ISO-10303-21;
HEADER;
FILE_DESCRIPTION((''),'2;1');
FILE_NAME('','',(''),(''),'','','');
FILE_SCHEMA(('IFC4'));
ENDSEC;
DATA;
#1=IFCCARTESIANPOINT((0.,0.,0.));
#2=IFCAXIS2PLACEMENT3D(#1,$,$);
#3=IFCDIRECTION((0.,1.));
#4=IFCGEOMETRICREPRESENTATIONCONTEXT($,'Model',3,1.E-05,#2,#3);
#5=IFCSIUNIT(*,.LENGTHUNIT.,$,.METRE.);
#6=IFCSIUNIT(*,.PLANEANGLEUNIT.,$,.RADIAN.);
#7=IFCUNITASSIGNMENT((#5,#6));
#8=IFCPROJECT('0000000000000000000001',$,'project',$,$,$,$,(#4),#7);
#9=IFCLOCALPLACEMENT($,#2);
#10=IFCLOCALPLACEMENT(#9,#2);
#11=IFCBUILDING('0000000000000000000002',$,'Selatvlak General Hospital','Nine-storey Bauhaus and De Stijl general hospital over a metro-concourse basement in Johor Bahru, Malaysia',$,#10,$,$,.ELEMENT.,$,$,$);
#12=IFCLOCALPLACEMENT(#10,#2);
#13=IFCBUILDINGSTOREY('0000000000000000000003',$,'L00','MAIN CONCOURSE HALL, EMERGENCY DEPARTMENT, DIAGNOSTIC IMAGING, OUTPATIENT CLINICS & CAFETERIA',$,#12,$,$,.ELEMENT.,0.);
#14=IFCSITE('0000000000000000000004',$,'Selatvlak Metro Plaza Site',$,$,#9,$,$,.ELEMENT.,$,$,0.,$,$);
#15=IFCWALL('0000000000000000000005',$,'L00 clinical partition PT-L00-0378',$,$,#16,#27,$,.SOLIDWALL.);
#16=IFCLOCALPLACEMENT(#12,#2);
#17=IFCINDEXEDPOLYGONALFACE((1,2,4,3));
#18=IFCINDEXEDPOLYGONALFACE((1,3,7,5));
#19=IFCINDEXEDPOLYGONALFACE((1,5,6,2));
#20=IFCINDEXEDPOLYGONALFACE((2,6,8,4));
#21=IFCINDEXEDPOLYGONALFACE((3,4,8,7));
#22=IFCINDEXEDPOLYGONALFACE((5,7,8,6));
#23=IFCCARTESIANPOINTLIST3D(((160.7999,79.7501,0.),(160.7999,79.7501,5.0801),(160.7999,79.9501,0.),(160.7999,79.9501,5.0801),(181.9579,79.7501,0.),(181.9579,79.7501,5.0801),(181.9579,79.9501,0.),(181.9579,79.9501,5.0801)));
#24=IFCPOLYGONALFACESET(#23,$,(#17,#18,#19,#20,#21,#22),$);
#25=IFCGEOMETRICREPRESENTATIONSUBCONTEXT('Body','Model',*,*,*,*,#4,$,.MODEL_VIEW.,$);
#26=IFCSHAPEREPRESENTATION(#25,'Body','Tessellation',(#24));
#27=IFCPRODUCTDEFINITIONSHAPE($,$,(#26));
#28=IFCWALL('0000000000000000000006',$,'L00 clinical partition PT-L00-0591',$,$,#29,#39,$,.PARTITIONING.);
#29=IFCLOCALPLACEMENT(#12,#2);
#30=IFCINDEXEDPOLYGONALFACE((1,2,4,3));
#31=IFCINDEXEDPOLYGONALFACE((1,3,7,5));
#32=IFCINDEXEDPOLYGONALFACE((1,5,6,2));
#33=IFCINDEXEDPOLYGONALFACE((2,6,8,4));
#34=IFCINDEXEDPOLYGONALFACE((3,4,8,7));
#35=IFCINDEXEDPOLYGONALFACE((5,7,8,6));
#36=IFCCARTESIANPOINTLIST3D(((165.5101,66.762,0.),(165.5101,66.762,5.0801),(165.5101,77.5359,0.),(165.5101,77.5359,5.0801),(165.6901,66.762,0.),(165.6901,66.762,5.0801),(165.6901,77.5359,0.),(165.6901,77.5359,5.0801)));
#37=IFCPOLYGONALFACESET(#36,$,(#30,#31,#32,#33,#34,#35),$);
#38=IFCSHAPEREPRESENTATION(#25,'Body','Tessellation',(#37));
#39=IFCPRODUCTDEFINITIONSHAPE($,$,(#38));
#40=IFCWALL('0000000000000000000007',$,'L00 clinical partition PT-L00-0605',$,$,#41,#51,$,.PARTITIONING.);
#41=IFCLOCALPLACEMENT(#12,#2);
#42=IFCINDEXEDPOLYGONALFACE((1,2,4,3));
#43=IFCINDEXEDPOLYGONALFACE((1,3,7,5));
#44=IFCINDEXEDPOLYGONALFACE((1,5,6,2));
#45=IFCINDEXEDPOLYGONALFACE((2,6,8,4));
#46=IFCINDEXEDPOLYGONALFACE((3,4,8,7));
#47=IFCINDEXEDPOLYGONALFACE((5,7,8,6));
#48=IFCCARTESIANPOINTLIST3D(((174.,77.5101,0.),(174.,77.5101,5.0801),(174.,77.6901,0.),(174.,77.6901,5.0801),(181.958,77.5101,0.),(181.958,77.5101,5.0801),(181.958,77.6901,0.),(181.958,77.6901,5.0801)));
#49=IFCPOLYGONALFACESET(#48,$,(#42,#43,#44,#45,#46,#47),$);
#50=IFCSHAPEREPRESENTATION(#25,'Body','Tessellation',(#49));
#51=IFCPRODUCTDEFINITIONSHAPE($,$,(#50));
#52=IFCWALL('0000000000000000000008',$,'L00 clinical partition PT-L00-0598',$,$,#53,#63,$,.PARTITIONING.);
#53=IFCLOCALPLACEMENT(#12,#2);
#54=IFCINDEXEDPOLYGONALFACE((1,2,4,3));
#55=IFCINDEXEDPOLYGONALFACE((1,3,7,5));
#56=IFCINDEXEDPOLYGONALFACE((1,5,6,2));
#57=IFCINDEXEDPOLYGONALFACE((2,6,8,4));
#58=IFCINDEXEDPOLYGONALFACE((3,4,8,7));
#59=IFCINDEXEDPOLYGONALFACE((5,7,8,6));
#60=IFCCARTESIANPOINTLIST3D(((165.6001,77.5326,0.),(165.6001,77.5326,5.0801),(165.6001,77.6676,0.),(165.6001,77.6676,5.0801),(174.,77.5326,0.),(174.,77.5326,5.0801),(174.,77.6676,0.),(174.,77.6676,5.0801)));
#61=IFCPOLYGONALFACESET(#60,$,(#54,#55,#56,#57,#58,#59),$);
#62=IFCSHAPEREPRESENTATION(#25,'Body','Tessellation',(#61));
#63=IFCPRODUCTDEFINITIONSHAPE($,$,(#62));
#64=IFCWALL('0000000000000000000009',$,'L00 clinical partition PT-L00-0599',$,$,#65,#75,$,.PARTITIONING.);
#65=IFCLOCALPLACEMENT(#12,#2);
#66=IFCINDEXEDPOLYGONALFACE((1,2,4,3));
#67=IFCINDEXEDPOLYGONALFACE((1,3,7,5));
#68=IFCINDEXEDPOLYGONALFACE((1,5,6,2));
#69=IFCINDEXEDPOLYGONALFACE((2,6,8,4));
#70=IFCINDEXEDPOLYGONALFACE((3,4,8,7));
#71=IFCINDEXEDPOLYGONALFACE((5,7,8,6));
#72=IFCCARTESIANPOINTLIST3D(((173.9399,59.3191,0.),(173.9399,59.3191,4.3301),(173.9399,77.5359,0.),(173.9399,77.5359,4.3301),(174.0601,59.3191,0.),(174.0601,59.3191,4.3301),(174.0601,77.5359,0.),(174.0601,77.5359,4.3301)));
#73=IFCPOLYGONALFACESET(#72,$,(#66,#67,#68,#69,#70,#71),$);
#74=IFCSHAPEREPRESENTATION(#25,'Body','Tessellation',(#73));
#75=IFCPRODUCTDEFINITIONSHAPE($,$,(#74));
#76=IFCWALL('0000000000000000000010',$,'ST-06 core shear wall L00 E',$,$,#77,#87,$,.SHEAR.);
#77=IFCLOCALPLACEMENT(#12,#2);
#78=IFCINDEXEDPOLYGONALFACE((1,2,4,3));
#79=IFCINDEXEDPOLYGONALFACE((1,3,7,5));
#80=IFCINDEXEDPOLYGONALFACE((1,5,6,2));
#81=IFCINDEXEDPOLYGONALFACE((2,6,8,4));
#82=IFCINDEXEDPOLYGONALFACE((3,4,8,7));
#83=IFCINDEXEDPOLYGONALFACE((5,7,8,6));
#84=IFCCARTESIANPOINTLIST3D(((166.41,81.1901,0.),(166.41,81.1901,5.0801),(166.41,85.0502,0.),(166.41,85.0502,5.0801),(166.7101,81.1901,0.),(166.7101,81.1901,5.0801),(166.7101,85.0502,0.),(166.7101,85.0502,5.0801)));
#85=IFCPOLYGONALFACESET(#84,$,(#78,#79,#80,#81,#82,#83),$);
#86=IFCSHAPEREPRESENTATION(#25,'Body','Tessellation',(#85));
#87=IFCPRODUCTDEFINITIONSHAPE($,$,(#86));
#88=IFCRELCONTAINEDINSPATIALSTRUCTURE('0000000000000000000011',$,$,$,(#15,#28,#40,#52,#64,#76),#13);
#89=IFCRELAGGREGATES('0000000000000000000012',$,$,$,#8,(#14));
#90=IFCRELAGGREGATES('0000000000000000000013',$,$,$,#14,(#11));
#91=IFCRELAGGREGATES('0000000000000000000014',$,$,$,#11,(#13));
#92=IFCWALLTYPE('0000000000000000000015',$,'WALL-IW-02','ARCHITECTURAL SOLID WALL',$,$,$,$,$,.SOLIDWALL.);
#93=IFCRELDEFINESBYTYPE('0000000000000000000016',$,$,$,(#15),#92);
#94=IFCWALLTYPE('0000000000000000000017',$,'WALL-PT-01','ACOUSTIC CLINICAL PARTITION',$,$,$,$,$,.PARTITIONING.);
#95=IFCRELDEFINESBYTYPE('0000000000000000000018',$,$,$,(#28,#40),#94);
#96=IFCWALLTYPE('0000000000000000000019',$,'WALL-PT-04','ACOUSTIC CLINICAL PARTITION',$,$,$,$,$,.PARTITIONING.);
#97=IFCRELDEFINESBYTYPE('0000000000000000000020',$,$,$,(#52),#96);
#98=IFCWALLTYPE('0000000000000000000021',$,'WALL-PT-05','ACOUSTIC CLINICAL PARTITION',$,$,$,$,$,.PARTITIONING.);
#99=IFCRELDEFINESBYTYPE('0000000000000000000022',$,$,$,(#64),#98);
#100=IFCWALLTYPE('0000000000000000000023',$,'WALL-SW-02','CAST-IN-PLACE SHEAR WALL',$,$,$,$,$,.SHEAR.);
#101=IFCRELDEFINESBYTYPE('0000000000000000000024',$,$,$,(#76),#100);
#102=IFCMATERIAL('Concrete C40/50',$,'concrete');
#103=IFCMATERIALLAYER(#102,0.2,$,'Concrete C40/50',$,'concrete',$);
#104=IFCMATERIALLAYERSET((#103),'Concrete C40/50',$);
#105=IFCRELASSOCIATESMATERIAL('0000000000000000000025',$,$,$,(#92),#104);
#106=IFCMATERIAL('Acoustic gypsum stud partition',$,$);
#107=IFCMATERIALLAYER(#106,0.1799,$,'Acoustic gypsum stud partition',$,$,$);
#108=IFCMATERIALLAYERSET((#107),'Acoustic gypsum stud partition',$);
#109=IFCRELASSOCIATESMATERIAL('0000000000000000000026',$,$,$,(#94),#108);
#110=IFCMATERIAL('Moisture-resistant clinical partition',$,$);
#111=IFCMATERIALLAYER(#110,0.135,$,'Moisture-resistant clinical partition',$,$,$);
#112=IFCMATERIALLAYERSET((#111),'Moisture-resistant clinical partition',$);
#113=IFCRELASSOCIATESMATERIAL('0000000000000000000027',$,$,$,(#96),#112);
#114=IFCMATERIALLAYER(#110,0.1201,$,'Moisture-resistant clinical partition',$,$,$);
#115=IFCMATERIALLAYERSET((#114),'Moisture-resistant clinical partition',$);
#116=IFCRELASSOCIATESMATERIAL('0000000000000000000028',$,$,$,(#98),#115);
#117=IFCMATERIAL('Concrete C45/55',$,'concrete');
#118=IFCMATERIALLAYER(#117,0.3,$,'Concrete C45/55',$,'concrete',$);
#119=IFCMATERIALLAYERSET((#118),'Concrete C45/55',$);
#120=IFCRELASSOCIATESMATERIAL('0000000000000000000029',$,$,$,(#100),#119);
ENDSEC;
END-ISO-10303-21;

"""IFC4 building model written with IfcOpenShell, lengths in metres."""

from ifc_helpers import new_model, si_unit, direction, frame, frame_2d, origin, place, context, subcontext, project, spatial, rectangle, extrude, material, layer, layer_set, type_object, element, save


model = new_model("IFC4")

# Units and contexts
model_context = context("Model", 3, precision=1e-05, world=origin(), true_north=direction((0.0, 1.0)))
body_context = subcontext(model_context, "Body", "Model", "MODEL_VIEW")
ifc_project = project(units=[si_unit("LENGTHUNIT", "METRE"), si_unit("PLANEANGLEUNIT", "RADIAN")], contexts=[model_context])

# Site, building, storey
site_placement = place(None, origin())
site = spatial("IfcSite", under=ifc_project, at=site_placement, Name="Selatvlak Metro Plaza Site", CompositionType="ELEMENT", RefElevation=0.0)
building_placement = place(site_placement, origin())
building = spatial("IfcBuilding", under=site, at=building_placement, Name="Selatvlak General Hospital", Description="Nine-storey Bauhaus and De Stijl general hospital over a metro-concourse basement in Johor Bahru, Malaysia", CompositionType="ELEMENT")
storey_placement = place(building_placement, origin())
storey = spatial("IfcBuildingStorey", under=building, at=storey_placement, Name="L00", Description="MAIN CONCOURSE HALL, EMERGENCY DEPARTMENT, DIAGNOSTIC IMAGING, OUTPATIENT CLINICS & CAFETERIA", CompositionType="ELEMENT", Elevation=0.0)

# Shared definitions
ifc_material_1 = material(Name="Concrete C40/50", Category="concrete")

# Walls
ifc_layer_1 = layer(ifc_material_1, 0.2, Name="Concrete C40/50", Category="concrete")
ifc_layer_set_1 = layer_set([ifc_layer_1], Name="Concrete C40/50")
wall_type_1 = type_object("IfcWallType", Name="WALL-IW-02", Description="ARCHITECTURAL SOLID WALL", PredefinedType="SOLIDWALL", material=ifc_layer_set_1)
wall_1_placement = place(storey_placement, frame((181.958, 79.8501, 0.0), z_axis=(0.0, 0.0, 1.0), x_axis=(-1.0, 0.0, 0.0)))
element("IfcWall", 1, at=wall_1_placement, inside=storey, type_object=wall_type_1, Name="L00 clinical partition PT-L00-0378", PredefinedType="SOLIDWALL", context=body_context, shape_type="SweptSolid", body=[
    extrude(rectangle(XDim=21.158, YDim=0.2, at=frame_2d((10.5791, 0.0))), origin(), (0.0, 0.0, 1.0), 5.0801),
])
ifc_material_2 = material(Name="Acoustic gypsum stud partition")
ifc_layer_2 = layer(ifc_material_2, 0.1799, Name="Acoustic gypsum stud partition")
ifc_layer_set_2 = layer_set([ifc_layer_2], Name="Acoustic gypsum stud partition")
wall_type_2 = type_object("IfcWallType", Name="WALL-PT-01", Description="ACOUSTIC CLINICAL PARTITION", PredefinedType="PARTITIONING", material=ifc_layer_set_2)
wall_2_placement = place(storey_placement, frame((165.6001, 77.5359, 0.0), z_axis=(0.0, 0.0, 1.0), x_axis=(0.0, -1.0, 0.0)))
element("IfcWall", 2, at=wall_2_placement, inside=storey, type_object=wall_type_2, Name="L00 clinical partition PT-L00-0591", PredefinedType="PARTITIONING", context=body_context, shape_type="SweptSolid", body=[
    extrude(rectangle(XDim=10.7739, YDim=0.1799, at=frame_2d((5.387, 0.0))), origin(), (0.0, 0.0, 1.0), 5.0801),
])
wall_3_placement = place(storey_placement, frame((174.0, 77.6001, 0.0), z_axis=(0.0, 0.0, 1.0), x_axis=(1.0, 0.0, 0.0)))
element("IfcWall", 3, at=wall_3_placement, inside=storey, type_object=wall_type_2, Name="L00 clinical partition PT-L00-0605", PredefinedType="PARTITIONING", context=body_context, shape_type="SweptSolid", body=[
    extrude(rectangle(XDim=7.958, YDim=0.1799, at=frame_2d((3.979, 0.0))), origin(), (0.0, 0.0, 1.0), 5.0801),
])
ifc_material_3 = material(Name="Moisture-resistant clinical partition")
ifc_layer_3 = layer(ifc_material_3, 0.135, Name="Moisture-resistant clinical partition")
ifc_layer_set_3 = layer_set([ifc_layer_3], Name="Moisture-resistant clinical partition")
wall_type_3 = type_object("IfcWallType", Name="WALL-PT-04", Description="ACOUSTIC CLINICAL PARTITION", PredefinedType="PARTITIONING", material=ifc_layer_set_3)
wall_4_placement = place(storey_placement, frame((165.6001, 77.6001, 0.0), z_axis=(0.0, 0.0, 1.0), x_axis=(1.0, 0.0, 0.0)))
element("IfcWall", 4, at=wall_4_placement, inside=storey, type_object=wall_type_3, Name="L00 clinical partition PT-L00-0598", PredefinedType="PARTITIONING", context=body_context, shape_type="SweptSolid", body=[
    extrude(rectangle(XDim=8.3999, YDim=0.135, at=frame_2d((4.2, 0.0))), origin(), (0.0, 0.0, 1.0), 5.0801),
])
ifc_layer_4 = layer(ifc_material_3, 0.1201, Name="Moisture-resistant clinical partition")
ifc_layer_set_4 = layer_set([ifc_layer_4], Name="Moisture-resistant clinical partition")
wall_type_4 = type_object("IfcWallType", Name="WALL-PT-05", Description="ACOUSTIC CLINICAL PARTITION", PredefinedType="PARTITIONING", material=ifc_layer_set_4)
wall_5_placement = place(storey_placement, frame((174.0, 77.5359, 0.0), z_axis=(0.0, 0.0, 1.0), x_axis=(0.0, -1.0, 0.0)))
element("IfcWall", 5, at=wall_5_placement, inside=storey, type_object=wall_type_4, Name="L00 clinical partition PT-L00-0599", PredefinedType="PARTITIONING", context=body_context, shape_type="SweptSolid", body=[
    extrude(rectangle(XDim=18.2168, YDim=0.1201, at=frame_2d((9.1084, 0.0))), origin(), (0.0, 0.0, 1.0), 4.3301),
])
ifc_material_4 = material(Name="Concrete C45/55", Category="concrete")
ifc_layer_5 = layer(ifc_material_4, 0.3, Name="Concrete C45/55", Category="concrete")
ifc_layer_set_5 = layer_set([ifc_layer_5], Name="Concrete C45/55")
wall_type_5 = type_object("IfcWallType", Name="WALL-SW-02", Description="CAST-IN-PLACE SHEAR WALL", PredefinedType="SHEAR", material=ifc_layer_set_5)
wall_6_placement = place(storey_placement, frame((166.5601, 81.1899, 0.0), z_axis=(0.0, 0.0, 1.0), x_axis=(0.0, 1.0, 0.0)))
element("IfcWall", 6, at=wall_6_placement, inside=storey, type_object=wall_type_5, Name="ST-06 core shear wall L00 E", PredefinedType="SHEAR", context=body_context, shape_type="SweptSolid", body=[
    extrude(rectangle(XDim=3.8601, YDim=0.3, at=frame_2d((1.9302, 0.0))), origin(), (0.0, 0.0, 1.0), 5.0801),
])

save(model, "model.ifc")
